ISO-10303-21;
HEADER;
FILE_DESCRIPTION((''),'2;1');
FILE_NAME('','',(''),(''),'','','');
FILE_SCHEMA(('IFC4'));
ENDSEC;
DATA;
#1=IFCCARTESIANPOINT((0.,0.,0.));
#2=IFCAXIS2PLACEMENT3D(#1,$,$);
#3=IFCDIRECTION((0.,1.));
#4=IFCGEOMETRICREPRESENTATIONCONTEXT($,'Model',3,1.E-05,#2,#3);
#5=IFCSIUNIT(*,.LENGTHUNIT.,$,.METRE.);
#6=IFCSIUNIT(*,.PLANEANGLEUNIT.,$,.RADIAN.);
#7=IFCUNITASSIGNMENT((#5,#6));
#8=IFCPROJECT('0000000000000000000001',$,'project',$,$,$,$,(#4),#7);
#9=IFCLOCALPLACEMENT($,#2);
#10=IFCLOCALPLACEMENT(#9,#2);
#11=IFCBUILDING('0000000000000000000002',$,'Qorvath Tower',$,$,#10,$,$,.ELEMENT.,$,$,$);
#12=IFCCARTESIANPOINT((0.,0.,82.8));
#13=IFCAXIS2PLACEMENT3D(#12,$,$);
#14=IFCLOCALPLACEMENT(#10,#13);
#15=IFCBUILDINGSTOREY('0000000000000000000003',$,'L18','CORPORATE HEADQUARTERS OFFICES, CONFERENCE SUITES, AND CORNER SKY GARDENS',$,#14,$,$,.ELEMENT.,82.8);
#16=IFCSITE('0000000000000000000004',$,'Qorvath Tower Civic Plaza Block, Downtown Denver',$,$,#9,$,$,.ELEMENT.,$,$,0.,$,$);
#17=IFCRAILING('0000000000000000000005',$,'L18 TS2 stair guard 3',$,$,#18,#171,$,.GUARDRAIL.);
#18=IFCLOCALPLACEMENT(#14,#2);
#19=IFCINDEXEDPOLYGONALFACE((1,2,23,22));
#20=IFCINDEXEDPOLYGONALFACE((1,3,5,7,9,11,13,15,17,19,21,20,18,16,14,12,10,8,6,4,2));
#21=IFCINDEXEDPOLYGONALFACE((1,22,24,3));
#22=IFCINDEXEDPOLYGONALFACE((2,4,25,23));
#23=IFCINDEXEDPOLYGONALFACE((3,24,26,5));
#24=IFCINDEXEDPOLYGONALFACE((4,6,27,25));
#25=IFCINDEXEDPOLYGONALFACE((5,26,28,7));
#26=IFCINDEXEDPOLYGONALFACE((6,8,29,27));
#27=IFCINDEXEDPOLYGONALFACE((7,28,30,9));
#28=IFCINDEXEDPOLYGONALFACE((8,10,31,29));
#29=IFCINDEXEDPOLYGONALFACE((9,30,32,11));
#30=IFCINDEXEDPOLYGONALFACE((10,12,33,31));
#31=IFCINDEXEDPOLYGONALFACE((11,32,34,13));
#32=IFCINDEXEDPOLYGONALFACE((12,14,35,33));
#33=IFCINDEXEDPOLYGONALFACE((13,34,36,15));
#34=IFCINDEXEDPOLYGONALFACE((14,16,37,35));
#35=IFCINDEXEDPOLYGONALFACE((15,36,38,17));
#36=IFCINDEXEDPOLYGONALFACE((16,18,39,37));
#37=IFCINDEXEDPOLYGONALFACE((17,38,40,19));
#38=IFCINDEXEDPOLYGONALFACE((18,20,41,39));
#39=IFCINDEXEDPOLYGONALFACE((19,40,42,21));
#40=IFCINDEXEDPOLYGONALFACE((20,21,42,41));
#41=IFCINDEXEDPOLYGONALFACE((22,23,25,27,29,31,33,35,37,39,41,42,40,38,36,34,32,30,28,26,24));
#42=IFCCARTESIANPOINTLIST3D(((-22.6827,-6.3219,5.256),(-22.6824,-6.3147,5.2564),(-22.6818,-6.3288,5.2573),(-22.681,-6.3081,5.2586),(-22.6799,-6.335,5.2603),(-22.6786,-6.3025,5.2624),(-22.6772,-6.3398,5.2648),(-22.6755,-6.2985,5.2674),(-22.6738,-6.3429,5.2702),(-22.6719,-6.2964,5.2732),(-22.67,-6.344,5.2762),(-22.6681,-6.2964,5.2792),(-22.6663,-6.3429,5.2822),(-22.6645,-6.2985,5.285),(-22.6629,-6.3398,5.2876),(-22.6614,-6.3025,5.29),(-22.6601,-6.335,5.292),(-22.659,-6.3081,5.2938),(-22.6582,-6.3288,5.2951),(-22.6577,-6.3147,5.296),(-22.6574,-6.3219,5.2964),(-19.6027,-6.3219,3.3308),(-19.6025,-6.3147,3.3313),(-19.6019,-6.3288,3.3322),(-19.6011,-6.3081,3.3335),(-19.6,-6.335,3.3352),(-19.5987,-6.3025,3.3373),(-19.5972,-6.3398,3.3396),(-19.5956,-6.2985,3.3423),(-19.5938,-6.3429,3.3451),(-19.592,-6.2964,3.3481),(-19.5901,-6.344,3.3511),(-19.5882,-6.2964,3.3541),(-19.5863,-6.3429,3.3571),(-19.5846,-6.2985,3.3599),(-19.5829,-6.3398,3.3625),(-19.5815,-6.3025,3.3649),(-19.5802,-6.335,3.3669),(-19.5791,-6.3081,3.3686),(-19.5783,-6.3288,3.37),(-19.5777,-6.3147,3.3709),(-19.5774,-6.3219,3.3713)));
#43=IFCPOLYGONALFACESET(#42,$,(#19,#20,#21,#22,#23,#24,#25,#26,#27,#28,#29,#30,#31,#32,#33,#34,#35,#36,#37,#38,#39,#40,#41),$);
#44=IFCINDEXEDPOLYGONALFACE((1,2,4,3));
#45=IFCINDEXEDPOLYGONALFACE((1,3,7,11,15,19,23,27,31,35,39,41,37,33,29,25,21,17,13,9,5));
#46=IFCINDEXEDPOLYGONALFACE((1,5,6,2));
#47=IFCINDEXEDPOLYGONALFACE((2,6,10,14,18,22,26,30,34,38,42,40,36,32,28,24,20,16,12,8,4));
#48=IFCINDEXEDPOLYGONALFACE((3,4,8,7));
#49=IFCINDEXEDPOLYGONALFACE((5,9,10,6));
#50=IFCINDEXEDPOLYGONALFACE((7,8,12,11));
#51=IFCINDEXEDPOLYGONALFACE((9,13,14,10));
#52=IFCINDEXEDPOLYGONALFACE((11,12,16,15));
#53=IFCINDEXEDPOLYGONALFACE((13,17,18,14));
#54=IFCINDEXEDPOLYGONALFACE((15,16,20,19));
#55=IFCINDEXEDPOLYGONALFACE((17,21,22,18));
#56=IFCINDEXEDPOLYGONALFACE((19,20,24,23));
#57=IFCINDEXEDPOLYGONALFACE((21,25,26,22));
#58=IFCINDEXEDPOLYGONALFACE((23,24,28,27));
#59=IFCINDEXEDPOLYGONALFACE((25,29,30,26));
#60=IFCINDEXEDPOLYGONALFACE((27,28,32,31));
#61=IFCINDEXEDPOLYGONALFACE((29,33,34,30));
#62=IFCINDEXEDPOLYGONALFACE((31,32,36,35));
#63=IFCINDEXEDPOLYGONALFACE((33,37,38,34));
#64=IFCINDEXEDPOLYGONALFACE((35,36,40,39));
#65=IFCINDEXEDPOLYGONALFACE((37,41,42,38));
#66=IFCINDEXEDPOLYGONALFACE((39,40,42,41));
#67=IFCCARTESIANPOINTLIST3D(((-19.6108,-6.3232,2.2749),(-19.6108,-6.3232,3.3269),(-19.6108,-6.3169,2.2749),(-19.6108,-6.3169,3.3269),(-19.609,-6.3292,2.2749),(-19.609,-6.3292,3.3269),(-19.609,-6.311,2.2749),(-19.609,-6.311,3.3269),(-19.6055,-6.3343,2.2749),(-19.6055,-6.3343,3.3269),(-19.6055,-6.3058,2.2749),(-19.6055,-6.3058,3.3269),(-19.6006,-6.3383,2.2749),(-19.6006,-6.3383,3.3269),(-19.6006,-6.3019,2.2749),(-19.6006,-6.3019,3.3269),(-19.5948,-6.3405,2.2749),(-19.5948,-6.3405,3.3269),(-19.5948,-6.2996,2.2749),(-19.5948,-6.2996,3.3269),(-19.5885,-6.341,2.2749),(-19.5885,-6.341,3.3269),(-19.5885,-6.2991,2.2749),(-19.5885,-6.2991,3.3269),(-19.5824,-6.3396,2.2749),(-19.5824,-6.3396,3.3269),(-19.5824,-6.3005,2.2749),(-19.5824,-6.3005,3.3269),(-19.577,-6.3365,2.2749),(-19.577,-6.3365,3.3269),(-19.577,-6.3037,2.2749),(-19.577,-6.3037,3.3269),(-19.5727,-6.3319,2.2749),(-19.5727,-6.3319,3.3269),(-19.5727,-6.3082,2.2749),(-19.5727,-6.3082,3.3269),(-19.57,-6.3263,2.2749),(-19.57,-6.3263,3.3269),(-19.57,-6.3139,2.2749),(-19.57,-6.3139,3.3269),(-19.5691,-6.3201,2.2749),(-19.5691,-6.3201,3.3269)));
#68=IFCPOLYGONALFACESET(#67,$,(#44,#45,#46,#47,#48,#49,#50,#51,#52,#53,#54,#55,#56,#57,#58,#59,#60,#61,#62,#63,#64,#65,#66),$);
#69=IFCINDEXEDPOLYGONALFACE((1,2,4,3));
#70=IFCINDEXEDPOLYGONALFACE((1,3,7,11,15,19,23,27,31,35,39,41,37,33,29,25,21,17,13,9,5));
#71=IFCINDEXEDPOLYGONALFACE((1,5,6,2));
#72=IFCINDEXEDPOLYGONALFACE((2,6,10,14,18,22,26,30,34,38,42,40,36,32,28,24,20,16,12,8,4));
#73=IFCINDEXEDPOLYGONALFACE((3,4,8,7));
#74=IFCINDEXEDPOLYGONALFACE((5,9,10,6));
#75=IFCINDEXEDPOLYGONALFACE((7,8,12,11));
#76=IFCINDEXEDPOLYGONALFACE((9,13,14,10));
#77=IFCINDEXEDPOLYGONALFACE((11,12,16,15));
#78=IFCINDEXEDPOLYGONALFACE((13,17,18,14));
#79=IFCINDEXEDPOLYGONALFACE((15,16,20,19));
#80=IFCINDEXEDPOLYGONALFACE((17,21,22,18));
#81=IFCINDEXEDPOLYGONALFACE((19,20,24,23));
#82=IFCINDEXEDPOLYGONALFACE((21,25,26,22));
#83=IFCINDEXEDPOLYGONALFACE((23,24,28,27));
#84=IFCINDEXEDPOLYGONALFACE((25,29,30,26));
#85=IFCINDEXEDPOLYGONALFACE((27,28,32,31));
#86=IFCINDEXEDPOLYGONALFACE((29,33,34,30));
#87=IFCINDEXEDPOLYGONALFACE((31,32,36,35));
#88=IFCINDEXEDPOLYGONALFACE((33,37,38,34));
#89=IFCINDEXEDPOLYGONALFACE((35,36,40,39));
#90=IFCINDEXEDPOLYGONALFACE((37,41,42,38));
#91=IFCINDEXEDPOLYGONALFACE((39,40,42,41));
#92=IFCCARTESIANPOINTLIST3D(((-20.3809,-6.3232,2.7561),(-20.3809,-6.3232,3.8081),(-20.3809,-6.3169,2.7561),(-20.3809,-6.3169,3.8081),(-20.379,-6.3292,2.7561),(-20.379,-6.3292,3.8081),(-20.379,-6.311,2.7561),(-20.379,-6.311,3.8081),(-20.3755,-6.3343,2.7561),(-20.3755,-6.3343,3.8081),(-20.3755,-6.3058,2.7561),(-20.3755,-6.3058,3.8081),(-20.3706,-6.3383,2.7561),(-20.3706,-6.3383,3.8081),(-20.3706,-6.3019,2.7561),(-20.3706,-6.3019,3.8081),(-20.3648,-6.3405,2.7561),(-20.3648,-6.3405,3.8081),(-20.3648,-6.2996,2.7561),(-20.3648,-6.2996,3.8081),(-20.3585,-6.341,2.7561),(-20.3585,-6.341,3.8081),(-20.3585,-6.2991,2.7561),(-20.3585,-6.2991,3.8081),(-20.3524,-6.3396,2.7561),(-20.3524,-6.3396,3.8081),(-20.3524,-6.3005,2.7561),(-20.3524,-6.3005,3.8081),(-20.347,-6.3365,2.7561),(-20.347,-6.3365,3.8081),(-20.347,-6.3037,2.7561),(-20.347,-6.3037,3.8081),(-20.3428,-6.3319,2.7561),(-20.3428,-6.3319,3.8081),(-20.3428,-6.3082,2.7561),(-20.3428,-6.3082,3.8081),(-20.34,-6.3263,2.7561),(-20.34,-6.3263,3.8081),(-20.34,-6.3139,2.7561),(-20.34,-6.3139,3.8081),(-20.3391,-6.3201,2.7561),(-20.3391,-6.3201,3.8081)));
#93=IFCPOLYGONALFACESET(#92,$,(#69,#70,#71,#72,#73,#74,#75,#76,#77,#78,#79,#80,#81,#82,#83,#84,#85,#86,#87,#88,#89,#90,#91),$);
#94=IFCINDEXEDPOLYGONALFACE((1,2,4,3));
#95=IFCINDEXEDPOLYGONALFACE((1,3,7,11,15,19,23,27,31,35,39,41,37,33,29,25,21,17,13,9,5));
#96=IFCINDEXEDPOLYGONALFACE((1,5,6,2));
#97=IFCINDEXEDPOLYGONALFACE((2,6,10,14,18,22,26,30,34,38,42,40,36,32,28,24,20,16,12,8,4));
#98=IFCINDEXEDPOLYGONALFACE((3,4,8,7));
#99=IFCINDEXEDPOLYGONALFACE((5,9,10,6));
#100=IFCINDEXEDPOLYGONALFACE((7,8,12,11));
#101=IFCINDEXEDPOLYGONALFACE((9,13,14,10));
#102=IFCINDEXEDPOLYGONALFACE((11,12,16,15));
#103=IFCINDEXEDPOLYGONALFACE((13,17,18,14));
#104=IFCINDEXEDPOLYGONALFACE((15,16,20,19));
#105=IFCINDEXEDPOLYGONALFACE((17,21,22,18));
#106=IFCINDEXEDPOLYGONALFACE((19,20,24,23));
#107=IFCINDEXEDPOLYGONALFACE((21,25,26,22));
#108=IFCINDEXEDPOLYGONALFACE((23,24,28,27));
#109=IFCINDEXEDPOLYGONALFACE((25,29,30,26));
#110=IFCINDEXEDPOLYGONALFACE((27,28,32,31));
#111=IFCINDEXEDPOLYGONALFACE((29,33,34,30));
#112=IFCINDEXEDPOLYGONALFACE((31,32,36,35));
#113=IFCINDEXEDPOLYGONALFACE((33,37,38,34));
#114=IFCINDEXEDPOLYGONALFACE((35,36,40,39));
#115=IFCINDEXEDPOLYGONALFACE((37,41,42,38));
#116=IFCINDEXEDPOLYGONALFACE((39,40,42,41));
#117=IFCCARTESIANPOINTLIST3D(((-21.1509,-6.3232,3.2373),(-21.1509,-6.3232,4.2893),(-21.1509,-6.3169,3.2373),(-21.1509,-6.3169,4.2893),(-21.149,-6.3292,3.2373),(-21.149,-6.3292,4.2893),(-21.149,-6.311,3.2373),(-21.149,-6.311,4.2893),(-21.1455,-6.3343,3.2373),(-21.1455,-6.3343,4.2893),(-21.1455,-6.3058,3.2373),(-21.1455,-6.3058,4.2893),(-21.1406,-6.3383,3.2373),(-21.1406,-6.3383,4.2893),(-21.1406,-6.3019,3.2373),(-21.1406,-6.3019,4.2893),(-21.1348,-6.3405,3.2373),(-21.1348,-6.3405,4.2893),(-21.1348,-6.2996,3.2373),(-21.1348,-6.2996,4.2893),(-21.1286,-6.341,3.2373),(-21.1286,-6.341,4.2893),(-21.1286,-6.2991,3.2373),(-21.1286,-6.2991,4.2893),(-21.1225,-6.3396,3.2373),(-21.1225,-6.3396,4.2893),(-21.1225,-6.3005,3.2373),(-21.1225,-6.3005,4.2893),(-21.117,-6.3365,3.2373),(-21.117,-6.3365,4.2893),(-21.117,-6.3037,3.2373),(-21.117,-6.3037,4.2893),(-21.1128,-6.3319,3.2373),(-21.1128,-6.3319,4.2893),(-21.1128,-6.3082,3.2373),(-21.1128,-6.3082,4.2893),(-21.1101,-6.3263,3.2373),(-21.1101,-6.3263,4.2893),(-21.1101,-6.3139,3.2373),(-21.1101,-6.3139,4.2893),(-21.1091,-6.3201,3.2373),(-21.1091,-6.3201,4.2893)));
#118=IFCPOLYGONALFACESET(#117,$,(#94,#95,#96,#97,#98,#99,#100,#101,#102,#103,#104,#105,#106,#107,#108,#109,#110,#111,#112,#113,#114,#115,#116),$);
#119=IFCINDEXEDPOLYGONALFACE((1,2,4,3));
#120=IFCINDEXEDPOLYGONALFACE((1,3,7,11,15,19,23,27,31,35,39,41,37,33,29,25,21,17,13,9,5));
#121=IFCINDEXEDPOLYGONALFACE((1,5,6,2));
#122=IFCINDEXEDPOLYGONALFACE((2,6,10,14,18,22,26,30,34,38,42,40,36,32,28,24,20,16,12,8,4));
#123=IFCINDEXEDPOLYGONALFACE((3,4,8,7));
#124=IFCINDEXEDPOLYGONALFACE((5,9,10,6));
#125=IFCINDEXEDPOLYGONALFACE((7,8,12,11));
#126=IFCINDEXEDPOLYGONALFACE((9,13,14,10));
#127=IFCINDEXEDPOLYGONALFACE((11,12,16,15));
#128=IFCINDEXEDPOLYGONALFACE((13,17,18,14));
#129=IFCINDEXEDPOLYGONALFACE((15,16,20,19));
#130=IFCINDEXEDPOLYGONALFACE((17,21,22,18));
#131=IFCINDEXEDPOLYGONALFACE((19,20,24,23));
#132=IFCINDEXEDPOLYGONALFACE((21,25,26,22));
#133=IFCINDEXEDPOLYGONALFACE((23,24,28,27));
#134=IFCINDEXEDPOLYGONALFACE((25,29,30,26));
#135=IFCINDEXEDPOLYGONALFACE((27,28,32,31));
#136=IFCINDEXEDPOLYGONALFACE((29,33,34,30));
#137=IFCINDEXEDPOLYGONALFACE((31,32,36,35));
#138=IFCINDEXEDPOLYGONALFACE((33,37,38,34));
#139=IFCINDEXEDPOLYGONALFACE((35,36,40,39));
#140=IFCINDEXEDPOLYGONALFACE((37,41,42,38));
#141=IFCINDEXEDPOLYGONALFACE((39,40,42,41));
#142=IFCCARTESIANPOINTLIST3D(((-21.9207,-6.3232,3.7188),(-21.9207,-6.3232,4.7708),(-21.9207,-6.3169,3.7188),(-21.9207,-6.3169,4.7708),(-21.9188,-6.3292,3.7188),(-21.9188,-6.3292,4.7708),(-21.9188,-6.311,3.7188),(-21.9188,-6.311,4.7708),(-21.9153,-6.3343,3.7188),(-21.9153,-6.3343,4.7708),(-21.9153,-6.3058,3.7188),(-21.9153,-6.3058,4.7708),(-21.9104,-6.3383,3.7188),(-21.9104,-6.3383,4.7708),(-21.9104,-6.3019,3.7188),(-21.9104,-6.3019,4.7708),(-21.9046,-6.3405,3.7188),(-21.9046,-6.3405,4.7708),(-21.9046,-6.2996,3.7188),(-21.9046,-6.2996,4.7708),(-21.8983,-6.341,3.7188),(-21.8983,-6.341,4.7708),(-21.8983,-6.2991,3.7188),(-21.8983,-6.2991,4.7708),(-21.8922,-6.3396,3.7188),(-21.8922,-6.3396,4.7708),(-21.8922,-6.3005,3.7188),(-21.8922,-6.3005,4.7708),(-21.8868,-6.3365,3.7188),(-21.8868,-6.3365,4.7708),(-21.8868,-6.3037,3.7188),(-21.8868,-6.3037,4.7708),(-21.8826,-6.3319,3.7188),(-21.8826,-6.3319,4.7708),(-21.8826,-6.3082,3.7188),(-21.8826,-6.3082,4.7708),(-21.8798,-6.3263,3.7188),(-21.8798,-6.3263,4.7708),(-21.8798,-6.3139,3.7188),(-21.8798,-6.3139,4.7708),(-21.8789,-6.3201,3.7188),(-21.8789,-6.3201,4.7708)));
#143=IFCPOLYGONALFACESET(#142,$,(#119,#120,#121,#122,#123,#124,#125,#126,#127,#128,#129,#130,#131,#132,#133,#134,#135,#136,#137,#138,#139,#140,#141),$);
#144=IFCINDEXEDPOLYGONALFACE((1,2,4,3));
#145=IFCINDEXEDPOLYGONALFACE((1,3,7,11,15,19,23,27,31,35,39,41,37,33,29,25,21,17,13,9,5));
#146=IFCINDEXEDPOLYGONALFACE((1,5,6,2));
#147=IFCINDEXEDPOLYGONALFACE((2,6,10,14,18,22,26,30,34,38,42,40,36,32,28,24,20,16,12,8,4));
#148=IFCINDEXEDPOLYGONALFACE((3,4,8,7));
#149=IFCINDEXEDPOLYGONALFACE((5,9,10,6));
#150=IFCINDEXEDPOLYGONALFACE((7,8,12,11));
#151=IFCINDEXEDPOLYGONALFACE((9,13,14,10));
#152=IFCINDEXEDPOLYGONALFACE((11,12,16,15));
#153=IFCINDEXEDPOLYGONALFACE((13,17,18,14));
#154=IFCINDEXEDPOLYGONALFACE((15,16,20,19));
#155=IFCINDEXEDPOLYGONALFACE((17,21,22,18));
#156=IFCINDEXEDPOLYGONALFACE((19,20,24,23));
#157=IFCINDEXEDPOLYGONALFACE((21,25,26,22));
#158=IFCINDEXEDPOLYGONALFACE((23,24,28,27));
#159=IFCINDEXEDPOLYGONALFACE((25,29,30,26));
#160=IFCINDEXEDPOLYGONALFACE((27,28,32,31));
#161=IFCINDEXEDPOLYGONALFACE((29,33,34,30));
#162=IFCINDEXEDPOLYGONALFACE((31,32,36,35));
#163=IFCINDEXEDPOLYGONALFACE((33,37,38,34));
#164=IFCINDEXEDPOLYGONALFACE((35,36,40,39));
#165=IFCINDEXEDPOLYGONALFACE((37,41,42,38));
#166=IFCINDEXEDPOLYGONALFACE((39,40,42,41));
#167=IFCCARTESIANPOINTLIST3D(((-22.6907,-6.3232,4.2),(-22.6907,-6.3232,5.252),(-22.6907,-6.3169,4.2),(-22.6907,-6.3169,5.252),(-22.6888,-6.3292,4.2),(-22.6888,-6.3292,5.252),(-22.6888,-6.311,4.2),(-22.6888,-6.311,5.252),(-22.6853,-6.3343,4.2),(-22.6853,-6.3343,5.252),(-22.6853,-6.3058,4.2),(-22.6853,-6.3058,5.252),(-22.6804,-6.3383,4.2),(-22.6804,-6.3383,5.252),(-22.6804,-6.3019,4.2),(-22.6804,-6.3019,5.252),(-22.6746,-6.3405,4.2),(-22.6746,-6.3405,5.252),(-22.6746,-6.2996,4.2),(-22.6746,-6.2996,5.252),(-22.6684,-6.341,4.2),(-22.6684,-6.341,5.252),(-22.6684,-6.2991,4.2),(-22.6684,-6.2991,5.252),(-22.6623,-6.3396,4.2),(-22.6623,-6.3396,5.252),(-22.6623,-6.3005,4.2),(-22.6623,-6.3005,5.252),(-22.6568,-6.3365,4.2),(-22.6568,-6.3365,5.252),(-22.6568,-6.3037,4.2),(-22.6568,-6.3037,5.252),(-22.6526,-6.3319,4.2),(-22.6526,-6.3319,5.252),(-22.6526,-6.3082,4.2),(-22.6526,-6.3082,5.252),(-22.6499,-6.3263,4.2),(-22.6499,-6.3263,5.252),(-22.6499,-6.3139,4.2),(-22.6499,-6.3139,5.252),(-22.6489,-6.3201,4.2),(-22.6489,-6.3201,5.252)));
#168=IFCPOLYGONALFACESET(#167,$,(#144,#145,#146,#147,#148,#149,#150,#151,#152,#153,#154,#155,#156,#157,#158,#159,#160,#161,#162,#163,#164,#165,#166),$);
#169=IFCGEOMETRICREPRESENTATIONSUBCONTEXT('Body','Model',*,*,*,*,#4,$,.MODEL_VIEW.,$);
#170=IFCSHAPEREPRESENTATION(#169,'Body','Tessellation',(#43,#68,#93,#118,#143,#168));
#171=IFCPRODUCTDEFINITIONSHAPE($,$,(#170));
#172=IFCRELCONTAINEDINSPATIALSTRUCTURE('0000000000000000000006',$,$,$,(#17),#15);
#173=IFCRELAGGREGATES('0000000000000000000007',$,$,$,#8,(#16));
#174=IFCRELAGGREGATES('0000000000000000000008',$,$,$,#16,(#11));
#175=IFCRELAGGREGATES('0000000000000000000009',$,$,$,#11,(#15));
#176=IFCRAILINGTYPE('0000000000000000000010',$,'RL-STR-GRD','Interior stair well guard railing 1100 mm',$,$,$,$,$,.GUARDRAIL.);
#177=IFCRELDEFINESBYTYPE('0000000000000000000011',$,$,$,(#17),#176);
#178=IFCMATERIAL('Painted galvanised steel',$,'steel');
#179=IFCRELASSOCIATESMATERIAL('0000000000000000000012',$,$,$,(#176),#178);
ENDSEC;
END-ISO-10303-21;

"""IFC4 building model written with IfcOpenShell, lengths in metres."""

from ifc_helpers import new_model, si_unit, direction, frame, origin, origin_2d, place, context, subcontext, project, spatial, circle, extrude, material, type_object, element, save


model = new_model("IFC4")

# Units and contexts
model_context = context("Model", 3, precision=1e-05, world=origin(), true_north=direction((0.0, 1.0)))
body_context = subcontext(model_context, "Body", "Model", "MODEL_VIEW")
ifc_project = project(units=[si_unit("LENGTHUNIT", "METRE"), si_unit("PLANEANGLEUNIT", "RADIAN")], contexts=[model_context])

# Site, building, storey
site_placement = place(None, origin())
site = spatial("IfcSite", under=ifc_project, at=site_placement, Name="Qorvath Tower Civic Plaza Block, Downtown Denver", CompositionType="ELEMENT", RefElevation=0.0)
building_placement = place(site_placement, origin())
building = spatial("IfcBuilding", under=site, at=building_placement, Name="Qorvath Tower", CompositionType="ELEMENT")
storey_placement = place(building_placement, frame((0.0, 0.0, 82.8)))
storey = spatial("IfcBuildingStorey", under=building, at=storey_placement, Name="L18", Description="CORPORATE HEADQUARTERS OFFICES, CONFERENCE SUITES, AND CORNER SKY GARDENS", CompositionType="ELEMENT", Elevation=82.8)

# Railing
ifc_material_1 = material(Name="Painted galvanised steel", Category="steel")
railing_type_1 = type_object("IfcRailingType", Name="RL-STR-GRD", Description="Interior stair well guard railing 1100 mm", PredefinedType="GUARDRAIL", material=ifc_material_1)
railing_1_placement = place(storey_placement, frame((-19.5901, -6.3201, 2.2749)))
element("IfcRailing", 1, at=railing_1_placement, inside=storey, type_object=railing_type_1, Name="L18 TS2 stair guard 3", PredefinedType="GUARDRAIL", context=body_context, shape_type="SweptSolid", body=[
    extrude(circle(Radius=0.0239, at=origin_2d()), frame((0.0, 0.0, 1.0762), z_axis=(-0.847979, 0.0, 0.530029), x_axis=(0.0, -1.0, 0.0)), (0.0, 0.0, 1.0), 3.6321),
    extrude(circle(Radius=0.021, at=origin_2d()), origin(), (0.0, 0.0, 1.0), 1.052),
    extrude(circle(Radius=0.021, at=origin_2d()), frame((-0.77, 0.0, 0.4812)), (0.0, 0.0, 1.0), 1.052),
    extrude(circle(Radius=0.021, at=origin_2d()), frame((-1.54, 0.0, 0.9624)), (0.0, 0.0, 1.0), 1.052),
    extrude(circle(Radius=0.021, at=origin_2d()), frame((-2.3098, 0.0, 1.4438)), (0.0, 0.0, 1.0), 1.052),
    extrude(circle(Radius=0.021, at=origin_2d()), frame((-3.0798, 0.0, 1.925)), (0.0, 0.0, 1.0), 1.052),
])

save(model, "model.ifc")
